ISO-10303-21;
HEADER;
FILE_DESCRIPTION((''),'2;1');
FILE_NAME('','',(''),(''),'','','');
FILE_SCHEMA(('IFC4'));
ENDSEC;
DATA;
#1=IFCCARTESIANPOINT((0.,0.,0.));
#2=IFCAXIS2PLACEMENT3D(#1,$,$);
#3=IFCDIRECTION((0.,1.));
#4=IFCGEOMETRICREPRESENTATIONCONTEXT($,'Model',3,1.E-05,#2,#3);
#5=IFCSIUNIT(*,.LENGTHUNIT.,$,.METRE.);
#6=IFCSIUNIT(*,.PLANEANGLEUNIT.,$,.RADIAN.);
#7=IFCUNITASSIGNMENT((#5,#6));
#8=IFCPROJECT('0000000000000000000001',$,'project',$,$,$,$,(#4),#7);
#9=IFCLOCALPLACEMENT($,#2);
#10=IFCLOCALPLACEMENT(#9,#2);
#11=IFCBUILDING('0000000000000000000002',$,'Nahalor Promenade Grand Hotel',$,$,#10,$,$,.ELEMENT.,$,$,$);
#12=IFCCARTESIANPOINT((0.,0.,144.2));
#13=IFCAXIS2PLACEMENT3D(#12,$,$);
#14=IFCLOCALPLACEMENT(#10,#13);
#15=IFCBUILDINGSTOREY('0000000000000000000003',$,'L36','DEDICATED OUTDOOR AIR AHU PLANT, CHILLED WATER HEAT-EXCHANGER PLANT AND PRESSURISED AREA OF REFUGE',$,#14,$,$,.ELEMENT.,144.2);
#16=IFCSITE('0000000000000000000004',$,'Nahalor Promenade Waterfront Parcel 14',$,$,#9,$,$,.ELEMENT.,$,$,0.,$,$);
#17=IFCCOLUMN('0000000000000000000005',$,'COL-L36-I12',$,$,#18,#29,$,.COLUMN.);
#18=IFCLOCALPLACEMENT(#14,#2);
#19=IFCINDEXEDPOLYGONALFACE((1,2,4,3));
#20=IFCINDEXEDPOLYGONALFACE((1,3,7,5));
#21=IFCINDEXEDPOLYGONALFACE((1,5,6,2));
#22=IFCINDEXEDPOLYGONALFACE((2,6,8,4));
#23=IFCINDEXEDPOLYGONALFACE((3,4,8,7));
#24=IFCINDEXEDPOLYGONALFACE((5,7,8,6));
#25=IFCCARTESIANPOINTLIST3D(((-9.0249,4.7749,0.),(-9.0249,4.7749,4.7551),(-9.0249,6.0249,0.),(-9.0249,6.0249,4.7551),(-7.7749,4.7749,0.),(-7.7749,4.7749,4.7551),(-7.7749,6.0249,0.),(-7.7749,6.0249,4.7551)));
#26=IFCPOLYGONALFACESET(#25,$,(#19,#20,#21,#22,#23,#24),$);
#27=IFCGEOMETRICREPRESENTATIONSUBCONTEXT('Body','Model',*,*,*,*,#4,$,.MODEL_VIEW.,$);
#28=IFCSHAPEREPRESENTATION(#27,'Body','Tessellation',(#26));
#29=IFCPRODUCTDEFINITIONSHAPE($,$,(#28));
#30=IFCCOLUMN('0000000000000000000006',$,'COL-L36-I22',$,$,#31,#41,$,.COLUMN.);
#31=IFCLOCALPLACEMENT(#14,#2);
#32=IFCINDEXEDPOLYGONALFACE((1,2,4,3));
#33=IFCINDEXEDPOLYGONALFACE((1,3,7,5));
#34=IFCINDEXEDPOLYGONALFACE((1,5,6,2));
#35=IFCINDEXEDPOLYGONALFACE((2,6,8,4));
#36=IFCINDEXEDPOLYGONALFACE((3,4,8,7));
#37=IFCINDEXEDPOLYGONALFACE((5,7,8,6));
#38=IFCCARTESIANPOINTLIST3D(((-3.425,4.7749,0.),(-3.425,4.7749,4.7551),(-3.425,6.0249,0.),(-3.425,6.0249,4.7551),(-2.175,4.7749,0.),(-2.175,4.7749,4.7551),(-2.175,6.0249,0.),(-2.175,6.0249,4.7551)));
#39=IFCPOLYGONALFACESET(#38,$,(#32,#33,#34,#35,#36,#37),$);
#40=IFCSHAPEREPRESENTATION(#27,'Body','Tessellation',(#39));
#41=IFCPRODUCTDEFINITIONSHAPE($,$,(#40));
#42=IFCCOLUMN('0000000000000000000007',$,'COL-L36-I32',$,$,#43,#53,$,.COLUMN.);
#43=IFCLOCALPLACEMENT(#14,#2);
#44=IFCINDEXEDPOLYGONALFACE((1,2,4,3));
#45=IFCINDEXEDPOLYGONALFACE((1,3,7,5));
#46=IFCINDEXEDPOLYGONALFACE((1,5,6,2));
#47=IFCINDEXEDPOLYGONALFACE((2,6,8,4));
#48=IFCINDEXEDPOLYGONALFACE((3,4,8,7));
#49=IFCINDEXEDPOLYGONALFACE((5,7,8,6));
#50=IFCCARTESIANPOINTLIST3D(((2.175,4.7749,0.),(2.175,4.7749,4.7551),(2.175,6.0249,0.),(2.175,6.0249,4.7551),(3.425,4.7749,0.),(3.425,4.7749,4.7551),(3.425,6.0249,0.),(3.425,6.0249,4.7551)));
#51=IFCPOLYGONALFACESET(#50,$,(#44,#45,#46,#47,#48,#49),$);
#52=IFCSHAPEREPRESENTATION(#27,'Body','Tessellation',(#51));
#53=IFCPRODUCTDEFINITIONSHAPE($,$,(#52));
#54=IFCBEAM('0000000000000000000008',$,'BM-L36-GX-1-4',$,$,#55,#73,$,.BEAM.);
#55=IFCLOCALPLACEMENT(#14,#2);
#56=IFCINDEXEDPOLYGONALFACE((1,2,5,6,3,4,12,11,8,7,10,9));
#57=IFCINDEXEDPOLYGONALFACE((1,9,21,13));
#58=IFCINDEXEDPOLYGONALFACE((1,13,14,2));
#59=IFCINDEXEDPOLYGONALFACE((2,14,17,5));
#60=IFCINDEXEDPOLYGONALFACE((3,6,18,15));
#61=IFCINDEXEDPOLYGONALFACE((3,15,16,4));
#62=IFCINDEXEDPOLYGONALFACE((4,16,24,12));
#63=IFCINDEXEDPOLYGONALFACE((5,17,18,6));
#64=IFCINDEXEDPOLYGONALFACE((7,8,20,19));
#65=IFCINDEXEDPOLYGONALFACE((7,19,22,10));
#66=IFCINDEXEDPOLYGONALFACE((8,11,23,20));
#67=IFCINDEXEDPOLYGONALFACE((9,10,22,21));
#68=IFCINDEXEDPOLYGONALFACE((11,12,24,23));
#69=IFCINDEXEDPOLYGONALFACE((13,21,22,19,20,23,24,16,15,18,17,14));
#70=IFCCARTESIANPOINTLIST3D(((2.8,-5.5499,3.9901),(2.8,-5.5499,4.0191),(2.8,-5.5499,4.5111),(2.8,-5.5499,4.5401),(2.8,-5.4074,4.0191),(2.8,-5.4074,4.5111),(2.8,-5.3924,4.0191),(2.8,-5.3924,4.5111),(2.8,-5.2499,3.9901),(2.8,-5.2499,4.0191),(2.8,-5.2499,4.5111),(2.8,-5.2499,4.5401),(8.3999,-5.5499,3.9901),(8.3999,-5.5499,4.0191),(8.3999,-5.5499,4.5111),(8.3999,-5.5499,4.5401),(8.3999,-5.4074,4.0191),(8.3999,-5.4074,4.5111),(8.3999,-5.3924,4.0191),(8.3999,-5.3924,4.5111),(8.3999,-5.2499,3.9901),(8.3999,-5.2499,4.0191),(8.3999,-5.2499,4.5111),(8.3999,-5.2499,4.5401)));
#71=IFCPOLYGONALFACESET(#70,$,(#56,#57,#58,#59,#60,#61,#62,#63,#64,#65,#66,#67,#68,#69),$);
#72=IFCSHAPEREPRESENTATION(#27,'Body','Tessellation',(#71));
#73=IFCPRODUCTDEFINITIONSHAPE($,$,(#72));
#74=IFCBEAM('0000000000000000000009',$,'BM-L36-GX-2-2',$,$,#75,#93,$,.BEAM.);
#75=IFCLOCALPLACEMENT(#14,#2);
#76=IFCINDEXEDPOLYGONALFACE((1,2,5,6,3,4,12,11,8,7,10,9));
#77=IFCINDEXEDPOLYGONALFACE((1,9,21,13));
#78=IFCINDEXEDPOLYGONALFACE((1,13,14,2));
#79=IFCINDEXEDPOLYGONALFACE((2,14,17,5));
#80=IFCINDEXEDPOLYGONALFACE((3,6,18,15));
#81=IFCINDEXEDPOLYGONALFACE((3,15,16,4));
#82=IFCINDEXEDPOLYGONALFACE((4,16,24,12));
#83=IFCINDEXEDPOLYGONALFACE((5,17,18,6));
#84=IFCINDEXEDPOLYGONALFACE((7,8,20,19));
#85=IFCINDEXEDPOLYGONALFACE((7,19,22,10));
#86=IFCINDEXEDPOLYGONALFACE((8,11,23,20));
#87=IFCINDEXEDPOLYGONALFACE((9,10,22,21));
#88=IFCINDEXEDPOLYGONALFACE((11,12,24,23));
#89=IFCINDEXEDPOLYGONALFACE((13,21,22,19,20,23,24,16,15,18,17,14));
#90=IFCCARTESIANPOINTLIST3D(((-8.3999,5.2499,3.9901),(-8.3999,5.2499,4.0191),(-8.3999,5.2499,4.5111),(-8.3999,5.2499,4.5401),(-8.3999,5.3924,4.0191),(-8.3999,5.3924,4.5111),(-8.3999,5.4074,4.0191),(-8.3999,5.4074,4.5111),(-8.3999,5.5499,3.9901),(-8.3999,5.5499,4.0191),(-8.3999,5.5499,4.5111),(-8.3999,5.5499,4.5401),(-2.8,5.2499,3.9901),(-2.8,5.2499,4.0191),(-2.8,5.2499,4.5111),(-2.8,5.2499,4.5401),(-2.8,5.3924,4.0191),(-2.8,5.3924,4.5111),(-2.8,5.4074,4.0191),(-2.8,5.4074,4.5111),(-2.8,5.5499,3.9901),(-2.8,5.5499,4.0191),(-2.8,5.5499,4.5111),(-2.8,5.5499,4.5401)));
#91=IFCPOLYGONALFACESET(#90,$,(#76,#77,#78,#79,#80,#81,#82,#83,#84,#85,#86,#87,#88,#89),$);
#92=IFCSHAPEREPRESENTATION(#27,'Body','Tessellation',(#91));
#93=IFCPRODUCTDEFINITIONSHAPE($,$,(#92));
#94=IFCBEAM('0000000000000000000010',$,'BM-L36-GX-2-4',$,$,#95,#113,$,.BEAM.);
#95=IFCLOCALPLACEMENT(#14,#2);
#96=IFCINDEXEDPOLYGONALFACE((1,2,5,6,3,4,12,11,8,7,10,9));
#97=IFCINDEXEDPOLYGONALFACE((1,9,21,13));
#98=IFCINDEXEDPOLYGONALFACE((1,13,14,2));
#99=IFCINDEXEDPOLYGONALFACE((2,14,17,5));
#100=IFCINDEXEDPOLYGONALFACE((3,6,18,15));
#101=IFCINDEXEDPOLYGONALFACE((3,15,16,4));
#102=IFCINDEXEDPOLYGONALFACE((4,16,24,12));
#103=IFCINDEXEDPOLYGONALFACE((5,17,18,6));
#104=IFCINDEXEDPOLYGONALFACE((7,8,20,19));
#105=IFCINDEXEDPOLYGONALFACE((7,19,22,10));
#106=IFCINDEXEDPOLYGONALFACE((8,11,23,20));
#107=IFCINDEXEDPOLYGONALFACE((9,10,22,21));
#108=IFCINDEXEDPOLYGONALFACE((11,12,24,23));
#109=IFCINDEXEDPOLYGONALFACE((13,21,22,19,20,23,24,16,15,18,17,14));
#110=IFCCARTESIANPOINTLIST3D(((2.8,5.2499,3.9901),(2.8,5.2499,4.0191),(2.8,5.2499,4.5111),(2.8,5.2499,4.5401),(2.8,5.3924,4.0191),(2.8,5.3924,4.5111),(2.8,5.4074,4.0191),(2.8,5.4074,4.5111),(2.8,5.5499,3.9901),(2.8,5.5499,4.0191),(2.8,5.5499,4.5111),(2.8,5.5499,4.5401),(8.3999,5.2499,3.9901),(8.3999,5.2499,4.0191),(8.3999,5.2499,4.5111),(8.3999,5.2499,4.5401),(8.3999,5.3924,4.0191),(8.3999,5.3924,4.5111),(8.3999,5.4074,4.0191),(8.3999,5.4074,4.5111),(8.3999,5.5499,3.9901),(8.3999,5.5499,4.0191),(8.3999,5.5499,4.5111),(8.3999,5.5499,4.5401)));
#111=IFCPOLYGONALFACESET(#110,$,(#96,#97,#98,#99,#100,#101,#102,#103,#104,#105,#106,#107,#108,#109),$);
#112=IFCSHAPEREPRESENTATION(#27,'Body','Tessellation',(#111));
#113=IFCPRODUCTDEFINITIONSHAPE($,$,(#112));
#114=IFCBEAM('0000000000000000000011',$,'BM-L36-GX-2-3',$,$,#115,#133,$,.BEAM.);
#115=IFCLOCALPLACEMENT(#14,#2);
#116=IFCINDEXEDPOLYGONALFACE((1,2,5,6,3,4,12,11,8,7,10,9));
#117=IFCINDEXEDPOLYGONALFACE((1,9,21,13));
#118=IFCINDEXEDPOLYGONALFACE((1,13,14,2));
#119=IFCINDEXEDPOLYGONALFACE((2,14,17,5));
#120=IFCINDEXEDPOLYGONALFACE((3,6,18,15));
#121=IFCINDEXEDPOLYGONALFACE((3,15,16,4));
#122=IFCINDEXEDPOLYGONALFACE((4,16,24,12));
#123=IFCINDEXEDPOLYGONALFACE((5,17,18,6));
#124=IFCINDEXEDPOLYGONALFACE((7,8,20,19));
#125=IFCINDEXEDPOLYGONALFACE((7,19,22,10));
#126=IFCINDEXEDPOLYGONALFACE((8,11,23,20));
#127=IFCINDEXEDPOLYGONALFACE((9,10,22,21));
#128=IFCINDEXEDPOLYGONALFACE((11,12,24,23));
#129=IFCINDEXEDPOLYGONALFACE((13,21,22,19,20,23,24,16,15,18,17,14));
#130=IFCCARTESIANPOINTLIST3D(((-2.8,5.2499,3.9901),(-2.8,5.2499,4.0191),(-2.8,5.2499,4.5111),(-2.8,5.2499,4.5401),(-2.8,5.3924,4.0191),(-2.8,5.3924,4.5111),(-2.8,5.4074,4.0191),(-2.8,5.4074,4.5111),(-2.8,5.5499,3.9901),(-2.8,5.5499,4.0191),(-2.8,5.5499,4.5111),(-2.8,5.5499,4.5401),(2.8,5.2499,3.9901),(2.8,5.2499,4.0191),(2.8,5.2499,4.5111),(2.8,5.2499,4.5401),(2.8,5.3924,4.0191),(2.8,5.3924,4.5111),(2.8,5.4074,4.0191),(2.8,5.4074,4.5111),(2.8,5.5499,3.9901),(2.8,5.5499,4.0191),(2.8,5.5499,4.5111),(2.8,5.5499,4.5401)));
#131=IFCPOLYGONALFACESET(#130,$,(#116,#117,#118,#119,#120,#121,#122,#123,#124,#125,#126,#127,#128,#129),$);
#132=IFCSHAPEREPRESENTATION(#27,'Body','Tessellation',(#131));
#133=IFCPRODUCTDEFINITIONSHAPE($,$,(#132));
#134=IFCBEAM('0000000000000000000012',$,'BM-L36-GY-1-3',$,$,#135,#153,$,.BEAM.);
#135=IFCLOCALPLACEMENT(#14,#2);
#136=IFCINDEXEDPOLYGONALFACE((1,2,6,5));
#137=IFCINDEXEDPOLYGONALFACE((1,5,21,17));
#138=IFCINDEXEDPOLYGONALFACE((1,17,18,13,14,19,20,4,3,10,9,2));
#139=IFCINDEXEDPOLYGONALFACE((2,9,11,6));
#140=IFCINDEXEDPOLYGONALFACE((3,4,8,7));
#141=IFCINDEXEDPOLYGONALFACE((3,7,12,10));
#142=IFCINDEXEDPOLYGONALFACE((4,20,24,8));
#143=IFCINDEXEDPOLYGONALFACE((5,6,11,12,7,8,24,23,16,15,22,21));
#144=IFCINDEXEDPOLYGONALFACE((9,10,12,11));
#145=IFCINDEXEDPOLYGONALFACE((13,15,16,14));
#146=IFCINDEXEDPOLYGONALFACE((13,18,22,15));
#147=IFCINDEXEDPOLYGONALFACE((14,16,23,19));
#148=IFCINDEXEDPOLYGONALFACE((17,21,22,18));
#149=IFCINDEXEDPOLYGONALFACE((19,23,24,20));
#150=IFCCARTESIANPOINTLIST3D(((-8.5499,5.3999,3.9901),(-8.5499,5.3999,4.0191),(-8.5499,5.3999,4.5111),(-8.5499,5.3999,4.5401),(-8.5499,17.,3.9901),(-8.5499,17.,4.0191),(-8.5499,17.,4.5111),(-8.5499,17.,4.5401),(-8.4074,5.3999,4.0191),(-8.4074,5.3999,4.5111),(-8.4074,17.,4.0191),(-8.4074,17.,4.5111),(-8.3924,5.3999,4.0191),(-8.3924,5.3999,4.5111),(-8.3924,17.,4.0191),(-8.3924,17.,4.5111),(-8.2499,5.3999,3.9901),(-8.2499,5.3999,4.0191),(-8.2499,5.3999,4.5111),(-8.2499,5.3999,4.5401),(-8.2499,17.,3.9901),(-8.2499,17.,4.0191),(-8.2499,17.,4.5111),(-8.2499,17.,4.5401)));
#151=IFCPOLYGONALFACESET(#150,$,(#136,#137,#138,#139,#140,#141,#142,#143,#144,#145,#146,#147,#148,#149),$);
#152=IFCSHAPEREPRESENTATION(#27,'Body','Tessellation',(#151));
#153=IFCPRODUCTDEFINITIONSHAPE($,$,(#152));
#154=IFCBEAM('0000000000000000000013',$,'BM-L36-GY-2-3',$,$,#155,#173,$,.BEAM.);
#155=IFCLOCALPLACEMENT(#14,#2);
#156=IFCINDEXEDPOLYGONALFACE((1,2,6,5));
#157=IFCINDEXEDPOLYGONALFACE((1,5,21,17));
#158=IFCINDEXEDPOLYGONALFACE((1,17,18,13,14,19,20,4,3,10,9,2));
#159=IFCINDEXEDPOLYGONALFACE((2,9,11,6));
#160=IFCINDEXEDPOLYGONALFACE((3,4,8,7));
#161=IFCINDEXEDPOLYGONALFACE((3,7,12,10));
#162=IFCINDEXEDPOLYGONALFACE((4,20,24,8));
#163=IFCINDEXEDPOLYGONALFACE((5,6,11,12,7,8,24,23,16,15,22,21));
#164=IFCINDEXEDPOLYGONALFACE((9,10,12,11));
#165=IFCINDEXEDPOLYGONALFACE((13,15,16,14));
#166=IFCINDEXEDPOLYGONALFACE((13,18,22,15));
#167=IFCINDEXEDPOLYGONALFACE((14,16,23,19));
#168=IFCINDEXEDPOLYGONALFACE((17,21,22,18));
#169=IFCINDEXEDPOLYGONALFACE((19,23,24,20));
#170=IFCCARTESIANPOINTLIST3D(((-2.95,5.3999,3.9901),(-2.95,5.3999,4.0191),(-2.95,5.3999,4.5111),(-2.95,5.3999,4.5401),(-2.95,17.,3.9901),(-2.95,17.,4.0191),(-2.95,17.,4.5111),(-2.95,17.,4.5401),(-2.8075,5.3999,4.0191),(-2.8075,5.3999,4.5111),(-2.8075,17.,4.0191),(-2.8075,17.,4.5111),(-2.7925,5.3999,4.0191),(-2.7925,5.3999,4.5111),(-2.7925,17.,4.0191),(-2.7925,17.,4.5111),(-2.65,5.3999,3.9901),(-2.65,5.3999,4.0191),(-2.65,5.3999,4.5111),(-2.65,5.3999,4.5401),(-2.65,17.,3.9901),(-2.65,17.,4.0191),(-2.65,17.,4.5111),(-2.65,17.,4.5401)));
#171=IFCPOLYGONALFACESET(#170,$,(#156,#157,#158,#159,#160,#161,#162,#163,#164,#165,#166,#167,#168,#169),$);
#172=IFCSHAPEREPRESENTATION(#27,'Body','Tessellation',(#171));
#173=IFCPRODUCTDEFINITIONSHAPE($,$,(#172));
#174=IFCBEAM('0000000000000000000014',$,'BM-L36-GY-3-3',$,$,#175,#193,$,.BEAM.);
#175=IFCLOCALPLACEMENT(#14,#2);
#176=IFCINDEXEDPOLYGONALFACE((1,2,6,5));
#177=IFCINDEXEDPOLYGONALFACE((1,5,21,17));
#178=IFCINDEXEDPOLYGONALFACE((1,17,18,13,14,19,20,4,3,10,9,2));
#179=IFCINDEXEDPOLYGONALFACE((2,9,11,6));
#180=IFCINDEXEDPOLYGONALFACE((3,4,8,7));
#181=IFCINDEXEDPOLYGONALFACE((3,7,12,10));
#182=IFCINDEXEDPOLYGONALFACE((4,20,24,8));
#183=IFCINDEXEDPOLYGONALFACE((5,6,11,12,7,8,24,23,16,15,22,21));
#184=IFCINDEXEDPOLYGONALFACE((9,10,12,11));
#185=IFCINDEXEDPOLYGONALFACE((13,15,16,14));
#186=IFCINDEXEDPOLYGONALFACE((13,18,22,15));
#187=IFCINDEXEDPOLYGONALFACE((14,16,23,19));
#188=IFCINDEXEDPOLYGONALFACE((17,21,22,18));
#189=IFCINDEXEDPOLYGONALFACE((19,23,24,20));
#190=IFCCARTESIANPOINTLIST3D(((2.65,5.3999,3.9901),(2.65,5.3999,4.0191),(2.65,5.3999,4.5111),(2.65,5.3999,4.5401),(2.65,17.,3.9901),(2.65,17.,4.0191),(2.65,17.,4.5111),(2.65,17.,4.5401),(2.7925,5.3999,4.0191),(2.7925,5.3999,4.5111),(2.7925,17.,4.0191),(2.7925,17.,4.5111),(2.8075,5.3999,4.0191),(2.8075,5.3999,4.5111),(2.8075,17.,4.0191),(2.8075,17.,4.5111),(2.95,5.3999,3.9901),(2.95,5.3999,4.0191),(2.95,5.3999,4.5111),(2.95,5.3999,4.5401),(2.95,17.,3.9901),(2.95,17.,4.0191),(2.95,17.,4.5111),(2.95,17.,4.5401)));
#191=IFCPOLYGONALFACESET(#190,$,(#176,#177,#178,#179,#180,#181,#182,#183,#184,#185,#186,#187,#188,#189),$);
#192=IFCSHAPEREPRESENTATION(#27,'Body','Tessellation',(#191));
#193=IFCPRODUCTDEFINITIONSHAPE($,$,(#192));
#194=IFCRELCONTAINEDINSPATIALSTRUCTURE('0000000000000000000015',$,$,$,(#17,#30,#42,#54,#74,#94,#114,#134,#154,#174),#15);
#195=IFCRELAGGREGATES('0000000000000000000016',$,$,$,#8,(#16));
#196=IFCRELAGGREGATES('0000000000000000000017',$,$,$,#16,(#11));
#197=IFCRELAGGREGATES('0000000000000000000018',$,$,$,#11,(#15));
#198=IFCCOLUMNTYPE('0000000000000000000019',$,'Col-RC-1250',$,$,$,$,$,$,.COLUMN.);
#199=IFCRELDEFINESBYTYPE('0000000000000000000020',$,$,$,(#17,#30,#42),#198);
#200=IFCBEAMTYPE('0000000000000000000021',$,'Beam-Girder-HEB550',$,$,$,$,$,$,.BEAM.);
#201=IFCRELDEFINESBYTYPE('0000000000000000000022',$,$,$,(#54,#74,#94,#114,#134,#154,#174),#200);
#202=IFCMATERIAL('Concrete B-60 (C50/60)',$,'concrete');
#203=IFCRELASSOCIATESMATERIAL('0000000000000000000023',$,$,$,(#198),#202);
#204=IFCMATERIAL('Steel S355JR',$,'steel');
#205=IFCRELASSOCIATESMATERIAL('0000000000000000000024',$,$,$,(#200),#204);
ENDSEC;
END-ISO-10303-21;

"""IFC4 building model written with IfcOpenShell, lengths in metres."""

from ifc_helpers import new_model, si_unit, direction, frame, origin, origin_2d, place, context, subcontext, project, spatial, rectangle, i_section, extrude, source, transform, mapped, material, material_profile, profile_set, type_object, element, save


model = new_model("IFC4")

# Units and contexts
model_context = context("Model", 3, precision=1e-05, world=origin(), true_north=direction((0.0, 1.0)))
body_context = subcontext(model_context, "Body", "Model", "MODEL_VIEW")
ifc_project = project(units=[si_unit("LENGTHUNIT", "METRE"), si_unit("PLANEANGLEUNIT", "RADIAN")], contexts=[model_context])

# Site, building, storey
site_placement = place(None, origin())
site = spatial("IfcSite", under=ifc_project, at=site_placement, Name="Nahalor Promenade Waterfront Parcel 14", CompositionType="ELEMENT", RefElevation=0.0)
building_placement = place(site_placement, origin())
building = spatial("IfcBuilding", under=site, at=building_placement, Name="Nahalor Promenade Grand Hotel", CompositionType="ELEMENT")
storey_placement = place(building_placement, frame((0.0, 0.0, 144.2)))
storey = spatial("IfcBuildingStorey", under=building, at=storey_placement, Name="L36", Description="DEDICATED OUTDOOR AIR AHU PLANT, CHILLED WATER HEAT-EXCHANGER PLANT AND PRESSURISED AREA OF REFUGE", CompositionType="ELEMENT", Elevation=144.2)

# Columns
ifc_material_1 = material(Name="Concrete B-60 (C50/60)", Category="concrete")
ifc_material_profile_1 = material_profile(ifc_material_1, rectangle(XDim=1.25, YDim=1.25, at=origin_2d()), Name="RC 1250x1250")
ifc_profile_set_1 = profile_set([ifc_material_profile_1], Name="Concrete B-60 (C50/60)")
column_type = type_object("IfcColumnType", Name="Col-RC-1250", PredefinedType="COLUMN", material=ifc_profile_set_1)
shared_shape_1 = source(origin(), body_context, "Body", "SweptSolid", [
    extrude(rectangle(XDim=1.25, YDim=1.25, at=origin_2d()), origin(), (0.0, 0.0, 1.0), 4.7551),
])
for number, where, z_axis, x_axis, name in (
    (1, (-8.3999, 5.3999, 0.0), (0.0, 0.0, 1.0), (1.0, 0.0, 0.0), "COL-L36-I12"),
    (2, (-2.8, 5.3999, 0.0), (0.0, 0.0, 1.0), (1.0, 0.0, 0.0), "COL-L36-I22"),
    (3, (2.8, 5.3999, 0.0), (0.0, 0.0, 1.0), (1.0, 0.0, 0.0), "COL-L36-I32"),
):
    element("IfcColumn", number, at=place(storey_placement, frame(where, z_axis=z_axis, x_axis=x_axis)), inside=storey, type_object=column_type, Name=name, PredefinedType="COLUMN", context=body_context, shape_type="MappedRepresentation", body=[
        mapped(shared_shape_1, transform((0.0, 0.0, 0.0), scale=1.0)),
    ])

# Beams
ifc_material_2 = material(Name="Steel S355JR", Category="steel")
ifc_material_profile_2 = material_profile(ifc_material_2, i_section(OverallWidth=0.3, OverallDepth=0.55, WebThickness=0.015, FlangeThickness=0.029, at=origin_2d()), Name="HEB 550")
ifc_profile_set_2 = profile_set([ifc_material_profile_2], Name="Steel S355JR")
beam_type = type_object("IfcBeamType", Name="Beam-Girder-HEB550", PredefinedType="BEAM", material=ifc_profile_set_2)
shared_shape_2 = source(origin(), body_context, "Body", "SweptSolid", [
    extrude(i_section(OverallWidth=0.3, OverallDepth=0.55, WebThickness=0.015, FlangeThickness=0.029, at=origin_2d()), origin(), (0.0, 0.0, 1.0), 5.5999),
])
for number, where, z_axis, x_axis, name in (
    (4, (2.8, -5.3999, 4.2651), (1.0, 0.0, 0.0), (0.0, 1.0, 0.0), "BM-L36-GX-1-4"),
    (5, (-8.3999, 5.3999, 4.2651), (1.0, 0.0, 0.0), (0.0, 1.0, 0.0), "BM-L36-GX-2-2"),
    (6, (2.8, 5.3999, 4.2651), (1.0, 0.0, 0.0), (0.0, 1.0, 0.0), "BM-L36-GX-2-4"),
):
    element("IfcBeam", number, at=place(storey_placement, frame(where, z_axis=z_axis, x_axis=x_axis)), inside=storey, type_object=beam_type, Name=name, PredefinedType="BEAM", context=body_context, shape_type="MappedRepresentation", body=[
        mapped(shared_shape_2, transform((0.0, 0.0, 0.0), scale=1.0)),
    ])
shared_shape_3 = source(origin(), body_context, "Body", "SweptSolid", [
    extrude(i_section(OverallWidth=0.3, OverallDepth=0.55, WebThickness=0.015, FlangeThickness=0.029, at=origin_2d()), origin(), (0.0, 0.0, 1.0), 5.6001),
])
beam_1_placement = place(storey_placement, frame((-2.8, 5.3999, 4.2651), z_axis=(1.0, 0.0, 0.0), x_axis=(0.0, 1.0, 0.0)))
element("IfcBeam", 7, at=beam_1_placement, inside=storey, type_object=beam_type, Name="BM-L36-GX-2-3", PredefinedType="BEAM", context=body_context, shape_type="MappedRepresentation", body=[
    mapped(shared_shape_3, transform((0.0, 0.0, 0.0), scale=1.0)),
])
shared_shape_4 = source(origin(), body_context, "Body", "SweptSolid", [
    extrude(i_section(OverallWidth=0.3, OverallDepth=0.55, WebThickness=0.015, FlangeThickness=0.029, at=origin_2d()), origin(), (0.0, 0.0, 1.0), 11.6001),
])
for number, where, z_axis, x_axis, name in (
    (8, (-8.3999, 5.3999, 4.2651), (0.0, 1.0, 0.0), (-1.0, 0.0, 0.0), "BM-L36-GY-1-3"),
    (9, (-2.8, 5.3999, 4.2651), (0.0, 1.0, 0.0), (-1.0, 0.0, 0.0), "BM-L36-GY-2-3"),
    (10, (2.8, 5.3999, 4.2651), (0.0, 1.0, 0.0), (-1.0, 0.0, 0.0), "BM-L36-GY-3-3"),
):
    element("IfcBeam", number, at=place(storey_placement, frame(where, z_axis=z_axis, x_axis=x_axis)), inside=storey, type_object=beam_type, Name=name, PredefinedType="BEAM", context=body_context, shape_type="MappedRepresentation", body=[
        mapped(shared_shape_4, transform((0.0, 0.0, 0.0), scale=1.0)),
    ])

save(model, "model.ifc")
